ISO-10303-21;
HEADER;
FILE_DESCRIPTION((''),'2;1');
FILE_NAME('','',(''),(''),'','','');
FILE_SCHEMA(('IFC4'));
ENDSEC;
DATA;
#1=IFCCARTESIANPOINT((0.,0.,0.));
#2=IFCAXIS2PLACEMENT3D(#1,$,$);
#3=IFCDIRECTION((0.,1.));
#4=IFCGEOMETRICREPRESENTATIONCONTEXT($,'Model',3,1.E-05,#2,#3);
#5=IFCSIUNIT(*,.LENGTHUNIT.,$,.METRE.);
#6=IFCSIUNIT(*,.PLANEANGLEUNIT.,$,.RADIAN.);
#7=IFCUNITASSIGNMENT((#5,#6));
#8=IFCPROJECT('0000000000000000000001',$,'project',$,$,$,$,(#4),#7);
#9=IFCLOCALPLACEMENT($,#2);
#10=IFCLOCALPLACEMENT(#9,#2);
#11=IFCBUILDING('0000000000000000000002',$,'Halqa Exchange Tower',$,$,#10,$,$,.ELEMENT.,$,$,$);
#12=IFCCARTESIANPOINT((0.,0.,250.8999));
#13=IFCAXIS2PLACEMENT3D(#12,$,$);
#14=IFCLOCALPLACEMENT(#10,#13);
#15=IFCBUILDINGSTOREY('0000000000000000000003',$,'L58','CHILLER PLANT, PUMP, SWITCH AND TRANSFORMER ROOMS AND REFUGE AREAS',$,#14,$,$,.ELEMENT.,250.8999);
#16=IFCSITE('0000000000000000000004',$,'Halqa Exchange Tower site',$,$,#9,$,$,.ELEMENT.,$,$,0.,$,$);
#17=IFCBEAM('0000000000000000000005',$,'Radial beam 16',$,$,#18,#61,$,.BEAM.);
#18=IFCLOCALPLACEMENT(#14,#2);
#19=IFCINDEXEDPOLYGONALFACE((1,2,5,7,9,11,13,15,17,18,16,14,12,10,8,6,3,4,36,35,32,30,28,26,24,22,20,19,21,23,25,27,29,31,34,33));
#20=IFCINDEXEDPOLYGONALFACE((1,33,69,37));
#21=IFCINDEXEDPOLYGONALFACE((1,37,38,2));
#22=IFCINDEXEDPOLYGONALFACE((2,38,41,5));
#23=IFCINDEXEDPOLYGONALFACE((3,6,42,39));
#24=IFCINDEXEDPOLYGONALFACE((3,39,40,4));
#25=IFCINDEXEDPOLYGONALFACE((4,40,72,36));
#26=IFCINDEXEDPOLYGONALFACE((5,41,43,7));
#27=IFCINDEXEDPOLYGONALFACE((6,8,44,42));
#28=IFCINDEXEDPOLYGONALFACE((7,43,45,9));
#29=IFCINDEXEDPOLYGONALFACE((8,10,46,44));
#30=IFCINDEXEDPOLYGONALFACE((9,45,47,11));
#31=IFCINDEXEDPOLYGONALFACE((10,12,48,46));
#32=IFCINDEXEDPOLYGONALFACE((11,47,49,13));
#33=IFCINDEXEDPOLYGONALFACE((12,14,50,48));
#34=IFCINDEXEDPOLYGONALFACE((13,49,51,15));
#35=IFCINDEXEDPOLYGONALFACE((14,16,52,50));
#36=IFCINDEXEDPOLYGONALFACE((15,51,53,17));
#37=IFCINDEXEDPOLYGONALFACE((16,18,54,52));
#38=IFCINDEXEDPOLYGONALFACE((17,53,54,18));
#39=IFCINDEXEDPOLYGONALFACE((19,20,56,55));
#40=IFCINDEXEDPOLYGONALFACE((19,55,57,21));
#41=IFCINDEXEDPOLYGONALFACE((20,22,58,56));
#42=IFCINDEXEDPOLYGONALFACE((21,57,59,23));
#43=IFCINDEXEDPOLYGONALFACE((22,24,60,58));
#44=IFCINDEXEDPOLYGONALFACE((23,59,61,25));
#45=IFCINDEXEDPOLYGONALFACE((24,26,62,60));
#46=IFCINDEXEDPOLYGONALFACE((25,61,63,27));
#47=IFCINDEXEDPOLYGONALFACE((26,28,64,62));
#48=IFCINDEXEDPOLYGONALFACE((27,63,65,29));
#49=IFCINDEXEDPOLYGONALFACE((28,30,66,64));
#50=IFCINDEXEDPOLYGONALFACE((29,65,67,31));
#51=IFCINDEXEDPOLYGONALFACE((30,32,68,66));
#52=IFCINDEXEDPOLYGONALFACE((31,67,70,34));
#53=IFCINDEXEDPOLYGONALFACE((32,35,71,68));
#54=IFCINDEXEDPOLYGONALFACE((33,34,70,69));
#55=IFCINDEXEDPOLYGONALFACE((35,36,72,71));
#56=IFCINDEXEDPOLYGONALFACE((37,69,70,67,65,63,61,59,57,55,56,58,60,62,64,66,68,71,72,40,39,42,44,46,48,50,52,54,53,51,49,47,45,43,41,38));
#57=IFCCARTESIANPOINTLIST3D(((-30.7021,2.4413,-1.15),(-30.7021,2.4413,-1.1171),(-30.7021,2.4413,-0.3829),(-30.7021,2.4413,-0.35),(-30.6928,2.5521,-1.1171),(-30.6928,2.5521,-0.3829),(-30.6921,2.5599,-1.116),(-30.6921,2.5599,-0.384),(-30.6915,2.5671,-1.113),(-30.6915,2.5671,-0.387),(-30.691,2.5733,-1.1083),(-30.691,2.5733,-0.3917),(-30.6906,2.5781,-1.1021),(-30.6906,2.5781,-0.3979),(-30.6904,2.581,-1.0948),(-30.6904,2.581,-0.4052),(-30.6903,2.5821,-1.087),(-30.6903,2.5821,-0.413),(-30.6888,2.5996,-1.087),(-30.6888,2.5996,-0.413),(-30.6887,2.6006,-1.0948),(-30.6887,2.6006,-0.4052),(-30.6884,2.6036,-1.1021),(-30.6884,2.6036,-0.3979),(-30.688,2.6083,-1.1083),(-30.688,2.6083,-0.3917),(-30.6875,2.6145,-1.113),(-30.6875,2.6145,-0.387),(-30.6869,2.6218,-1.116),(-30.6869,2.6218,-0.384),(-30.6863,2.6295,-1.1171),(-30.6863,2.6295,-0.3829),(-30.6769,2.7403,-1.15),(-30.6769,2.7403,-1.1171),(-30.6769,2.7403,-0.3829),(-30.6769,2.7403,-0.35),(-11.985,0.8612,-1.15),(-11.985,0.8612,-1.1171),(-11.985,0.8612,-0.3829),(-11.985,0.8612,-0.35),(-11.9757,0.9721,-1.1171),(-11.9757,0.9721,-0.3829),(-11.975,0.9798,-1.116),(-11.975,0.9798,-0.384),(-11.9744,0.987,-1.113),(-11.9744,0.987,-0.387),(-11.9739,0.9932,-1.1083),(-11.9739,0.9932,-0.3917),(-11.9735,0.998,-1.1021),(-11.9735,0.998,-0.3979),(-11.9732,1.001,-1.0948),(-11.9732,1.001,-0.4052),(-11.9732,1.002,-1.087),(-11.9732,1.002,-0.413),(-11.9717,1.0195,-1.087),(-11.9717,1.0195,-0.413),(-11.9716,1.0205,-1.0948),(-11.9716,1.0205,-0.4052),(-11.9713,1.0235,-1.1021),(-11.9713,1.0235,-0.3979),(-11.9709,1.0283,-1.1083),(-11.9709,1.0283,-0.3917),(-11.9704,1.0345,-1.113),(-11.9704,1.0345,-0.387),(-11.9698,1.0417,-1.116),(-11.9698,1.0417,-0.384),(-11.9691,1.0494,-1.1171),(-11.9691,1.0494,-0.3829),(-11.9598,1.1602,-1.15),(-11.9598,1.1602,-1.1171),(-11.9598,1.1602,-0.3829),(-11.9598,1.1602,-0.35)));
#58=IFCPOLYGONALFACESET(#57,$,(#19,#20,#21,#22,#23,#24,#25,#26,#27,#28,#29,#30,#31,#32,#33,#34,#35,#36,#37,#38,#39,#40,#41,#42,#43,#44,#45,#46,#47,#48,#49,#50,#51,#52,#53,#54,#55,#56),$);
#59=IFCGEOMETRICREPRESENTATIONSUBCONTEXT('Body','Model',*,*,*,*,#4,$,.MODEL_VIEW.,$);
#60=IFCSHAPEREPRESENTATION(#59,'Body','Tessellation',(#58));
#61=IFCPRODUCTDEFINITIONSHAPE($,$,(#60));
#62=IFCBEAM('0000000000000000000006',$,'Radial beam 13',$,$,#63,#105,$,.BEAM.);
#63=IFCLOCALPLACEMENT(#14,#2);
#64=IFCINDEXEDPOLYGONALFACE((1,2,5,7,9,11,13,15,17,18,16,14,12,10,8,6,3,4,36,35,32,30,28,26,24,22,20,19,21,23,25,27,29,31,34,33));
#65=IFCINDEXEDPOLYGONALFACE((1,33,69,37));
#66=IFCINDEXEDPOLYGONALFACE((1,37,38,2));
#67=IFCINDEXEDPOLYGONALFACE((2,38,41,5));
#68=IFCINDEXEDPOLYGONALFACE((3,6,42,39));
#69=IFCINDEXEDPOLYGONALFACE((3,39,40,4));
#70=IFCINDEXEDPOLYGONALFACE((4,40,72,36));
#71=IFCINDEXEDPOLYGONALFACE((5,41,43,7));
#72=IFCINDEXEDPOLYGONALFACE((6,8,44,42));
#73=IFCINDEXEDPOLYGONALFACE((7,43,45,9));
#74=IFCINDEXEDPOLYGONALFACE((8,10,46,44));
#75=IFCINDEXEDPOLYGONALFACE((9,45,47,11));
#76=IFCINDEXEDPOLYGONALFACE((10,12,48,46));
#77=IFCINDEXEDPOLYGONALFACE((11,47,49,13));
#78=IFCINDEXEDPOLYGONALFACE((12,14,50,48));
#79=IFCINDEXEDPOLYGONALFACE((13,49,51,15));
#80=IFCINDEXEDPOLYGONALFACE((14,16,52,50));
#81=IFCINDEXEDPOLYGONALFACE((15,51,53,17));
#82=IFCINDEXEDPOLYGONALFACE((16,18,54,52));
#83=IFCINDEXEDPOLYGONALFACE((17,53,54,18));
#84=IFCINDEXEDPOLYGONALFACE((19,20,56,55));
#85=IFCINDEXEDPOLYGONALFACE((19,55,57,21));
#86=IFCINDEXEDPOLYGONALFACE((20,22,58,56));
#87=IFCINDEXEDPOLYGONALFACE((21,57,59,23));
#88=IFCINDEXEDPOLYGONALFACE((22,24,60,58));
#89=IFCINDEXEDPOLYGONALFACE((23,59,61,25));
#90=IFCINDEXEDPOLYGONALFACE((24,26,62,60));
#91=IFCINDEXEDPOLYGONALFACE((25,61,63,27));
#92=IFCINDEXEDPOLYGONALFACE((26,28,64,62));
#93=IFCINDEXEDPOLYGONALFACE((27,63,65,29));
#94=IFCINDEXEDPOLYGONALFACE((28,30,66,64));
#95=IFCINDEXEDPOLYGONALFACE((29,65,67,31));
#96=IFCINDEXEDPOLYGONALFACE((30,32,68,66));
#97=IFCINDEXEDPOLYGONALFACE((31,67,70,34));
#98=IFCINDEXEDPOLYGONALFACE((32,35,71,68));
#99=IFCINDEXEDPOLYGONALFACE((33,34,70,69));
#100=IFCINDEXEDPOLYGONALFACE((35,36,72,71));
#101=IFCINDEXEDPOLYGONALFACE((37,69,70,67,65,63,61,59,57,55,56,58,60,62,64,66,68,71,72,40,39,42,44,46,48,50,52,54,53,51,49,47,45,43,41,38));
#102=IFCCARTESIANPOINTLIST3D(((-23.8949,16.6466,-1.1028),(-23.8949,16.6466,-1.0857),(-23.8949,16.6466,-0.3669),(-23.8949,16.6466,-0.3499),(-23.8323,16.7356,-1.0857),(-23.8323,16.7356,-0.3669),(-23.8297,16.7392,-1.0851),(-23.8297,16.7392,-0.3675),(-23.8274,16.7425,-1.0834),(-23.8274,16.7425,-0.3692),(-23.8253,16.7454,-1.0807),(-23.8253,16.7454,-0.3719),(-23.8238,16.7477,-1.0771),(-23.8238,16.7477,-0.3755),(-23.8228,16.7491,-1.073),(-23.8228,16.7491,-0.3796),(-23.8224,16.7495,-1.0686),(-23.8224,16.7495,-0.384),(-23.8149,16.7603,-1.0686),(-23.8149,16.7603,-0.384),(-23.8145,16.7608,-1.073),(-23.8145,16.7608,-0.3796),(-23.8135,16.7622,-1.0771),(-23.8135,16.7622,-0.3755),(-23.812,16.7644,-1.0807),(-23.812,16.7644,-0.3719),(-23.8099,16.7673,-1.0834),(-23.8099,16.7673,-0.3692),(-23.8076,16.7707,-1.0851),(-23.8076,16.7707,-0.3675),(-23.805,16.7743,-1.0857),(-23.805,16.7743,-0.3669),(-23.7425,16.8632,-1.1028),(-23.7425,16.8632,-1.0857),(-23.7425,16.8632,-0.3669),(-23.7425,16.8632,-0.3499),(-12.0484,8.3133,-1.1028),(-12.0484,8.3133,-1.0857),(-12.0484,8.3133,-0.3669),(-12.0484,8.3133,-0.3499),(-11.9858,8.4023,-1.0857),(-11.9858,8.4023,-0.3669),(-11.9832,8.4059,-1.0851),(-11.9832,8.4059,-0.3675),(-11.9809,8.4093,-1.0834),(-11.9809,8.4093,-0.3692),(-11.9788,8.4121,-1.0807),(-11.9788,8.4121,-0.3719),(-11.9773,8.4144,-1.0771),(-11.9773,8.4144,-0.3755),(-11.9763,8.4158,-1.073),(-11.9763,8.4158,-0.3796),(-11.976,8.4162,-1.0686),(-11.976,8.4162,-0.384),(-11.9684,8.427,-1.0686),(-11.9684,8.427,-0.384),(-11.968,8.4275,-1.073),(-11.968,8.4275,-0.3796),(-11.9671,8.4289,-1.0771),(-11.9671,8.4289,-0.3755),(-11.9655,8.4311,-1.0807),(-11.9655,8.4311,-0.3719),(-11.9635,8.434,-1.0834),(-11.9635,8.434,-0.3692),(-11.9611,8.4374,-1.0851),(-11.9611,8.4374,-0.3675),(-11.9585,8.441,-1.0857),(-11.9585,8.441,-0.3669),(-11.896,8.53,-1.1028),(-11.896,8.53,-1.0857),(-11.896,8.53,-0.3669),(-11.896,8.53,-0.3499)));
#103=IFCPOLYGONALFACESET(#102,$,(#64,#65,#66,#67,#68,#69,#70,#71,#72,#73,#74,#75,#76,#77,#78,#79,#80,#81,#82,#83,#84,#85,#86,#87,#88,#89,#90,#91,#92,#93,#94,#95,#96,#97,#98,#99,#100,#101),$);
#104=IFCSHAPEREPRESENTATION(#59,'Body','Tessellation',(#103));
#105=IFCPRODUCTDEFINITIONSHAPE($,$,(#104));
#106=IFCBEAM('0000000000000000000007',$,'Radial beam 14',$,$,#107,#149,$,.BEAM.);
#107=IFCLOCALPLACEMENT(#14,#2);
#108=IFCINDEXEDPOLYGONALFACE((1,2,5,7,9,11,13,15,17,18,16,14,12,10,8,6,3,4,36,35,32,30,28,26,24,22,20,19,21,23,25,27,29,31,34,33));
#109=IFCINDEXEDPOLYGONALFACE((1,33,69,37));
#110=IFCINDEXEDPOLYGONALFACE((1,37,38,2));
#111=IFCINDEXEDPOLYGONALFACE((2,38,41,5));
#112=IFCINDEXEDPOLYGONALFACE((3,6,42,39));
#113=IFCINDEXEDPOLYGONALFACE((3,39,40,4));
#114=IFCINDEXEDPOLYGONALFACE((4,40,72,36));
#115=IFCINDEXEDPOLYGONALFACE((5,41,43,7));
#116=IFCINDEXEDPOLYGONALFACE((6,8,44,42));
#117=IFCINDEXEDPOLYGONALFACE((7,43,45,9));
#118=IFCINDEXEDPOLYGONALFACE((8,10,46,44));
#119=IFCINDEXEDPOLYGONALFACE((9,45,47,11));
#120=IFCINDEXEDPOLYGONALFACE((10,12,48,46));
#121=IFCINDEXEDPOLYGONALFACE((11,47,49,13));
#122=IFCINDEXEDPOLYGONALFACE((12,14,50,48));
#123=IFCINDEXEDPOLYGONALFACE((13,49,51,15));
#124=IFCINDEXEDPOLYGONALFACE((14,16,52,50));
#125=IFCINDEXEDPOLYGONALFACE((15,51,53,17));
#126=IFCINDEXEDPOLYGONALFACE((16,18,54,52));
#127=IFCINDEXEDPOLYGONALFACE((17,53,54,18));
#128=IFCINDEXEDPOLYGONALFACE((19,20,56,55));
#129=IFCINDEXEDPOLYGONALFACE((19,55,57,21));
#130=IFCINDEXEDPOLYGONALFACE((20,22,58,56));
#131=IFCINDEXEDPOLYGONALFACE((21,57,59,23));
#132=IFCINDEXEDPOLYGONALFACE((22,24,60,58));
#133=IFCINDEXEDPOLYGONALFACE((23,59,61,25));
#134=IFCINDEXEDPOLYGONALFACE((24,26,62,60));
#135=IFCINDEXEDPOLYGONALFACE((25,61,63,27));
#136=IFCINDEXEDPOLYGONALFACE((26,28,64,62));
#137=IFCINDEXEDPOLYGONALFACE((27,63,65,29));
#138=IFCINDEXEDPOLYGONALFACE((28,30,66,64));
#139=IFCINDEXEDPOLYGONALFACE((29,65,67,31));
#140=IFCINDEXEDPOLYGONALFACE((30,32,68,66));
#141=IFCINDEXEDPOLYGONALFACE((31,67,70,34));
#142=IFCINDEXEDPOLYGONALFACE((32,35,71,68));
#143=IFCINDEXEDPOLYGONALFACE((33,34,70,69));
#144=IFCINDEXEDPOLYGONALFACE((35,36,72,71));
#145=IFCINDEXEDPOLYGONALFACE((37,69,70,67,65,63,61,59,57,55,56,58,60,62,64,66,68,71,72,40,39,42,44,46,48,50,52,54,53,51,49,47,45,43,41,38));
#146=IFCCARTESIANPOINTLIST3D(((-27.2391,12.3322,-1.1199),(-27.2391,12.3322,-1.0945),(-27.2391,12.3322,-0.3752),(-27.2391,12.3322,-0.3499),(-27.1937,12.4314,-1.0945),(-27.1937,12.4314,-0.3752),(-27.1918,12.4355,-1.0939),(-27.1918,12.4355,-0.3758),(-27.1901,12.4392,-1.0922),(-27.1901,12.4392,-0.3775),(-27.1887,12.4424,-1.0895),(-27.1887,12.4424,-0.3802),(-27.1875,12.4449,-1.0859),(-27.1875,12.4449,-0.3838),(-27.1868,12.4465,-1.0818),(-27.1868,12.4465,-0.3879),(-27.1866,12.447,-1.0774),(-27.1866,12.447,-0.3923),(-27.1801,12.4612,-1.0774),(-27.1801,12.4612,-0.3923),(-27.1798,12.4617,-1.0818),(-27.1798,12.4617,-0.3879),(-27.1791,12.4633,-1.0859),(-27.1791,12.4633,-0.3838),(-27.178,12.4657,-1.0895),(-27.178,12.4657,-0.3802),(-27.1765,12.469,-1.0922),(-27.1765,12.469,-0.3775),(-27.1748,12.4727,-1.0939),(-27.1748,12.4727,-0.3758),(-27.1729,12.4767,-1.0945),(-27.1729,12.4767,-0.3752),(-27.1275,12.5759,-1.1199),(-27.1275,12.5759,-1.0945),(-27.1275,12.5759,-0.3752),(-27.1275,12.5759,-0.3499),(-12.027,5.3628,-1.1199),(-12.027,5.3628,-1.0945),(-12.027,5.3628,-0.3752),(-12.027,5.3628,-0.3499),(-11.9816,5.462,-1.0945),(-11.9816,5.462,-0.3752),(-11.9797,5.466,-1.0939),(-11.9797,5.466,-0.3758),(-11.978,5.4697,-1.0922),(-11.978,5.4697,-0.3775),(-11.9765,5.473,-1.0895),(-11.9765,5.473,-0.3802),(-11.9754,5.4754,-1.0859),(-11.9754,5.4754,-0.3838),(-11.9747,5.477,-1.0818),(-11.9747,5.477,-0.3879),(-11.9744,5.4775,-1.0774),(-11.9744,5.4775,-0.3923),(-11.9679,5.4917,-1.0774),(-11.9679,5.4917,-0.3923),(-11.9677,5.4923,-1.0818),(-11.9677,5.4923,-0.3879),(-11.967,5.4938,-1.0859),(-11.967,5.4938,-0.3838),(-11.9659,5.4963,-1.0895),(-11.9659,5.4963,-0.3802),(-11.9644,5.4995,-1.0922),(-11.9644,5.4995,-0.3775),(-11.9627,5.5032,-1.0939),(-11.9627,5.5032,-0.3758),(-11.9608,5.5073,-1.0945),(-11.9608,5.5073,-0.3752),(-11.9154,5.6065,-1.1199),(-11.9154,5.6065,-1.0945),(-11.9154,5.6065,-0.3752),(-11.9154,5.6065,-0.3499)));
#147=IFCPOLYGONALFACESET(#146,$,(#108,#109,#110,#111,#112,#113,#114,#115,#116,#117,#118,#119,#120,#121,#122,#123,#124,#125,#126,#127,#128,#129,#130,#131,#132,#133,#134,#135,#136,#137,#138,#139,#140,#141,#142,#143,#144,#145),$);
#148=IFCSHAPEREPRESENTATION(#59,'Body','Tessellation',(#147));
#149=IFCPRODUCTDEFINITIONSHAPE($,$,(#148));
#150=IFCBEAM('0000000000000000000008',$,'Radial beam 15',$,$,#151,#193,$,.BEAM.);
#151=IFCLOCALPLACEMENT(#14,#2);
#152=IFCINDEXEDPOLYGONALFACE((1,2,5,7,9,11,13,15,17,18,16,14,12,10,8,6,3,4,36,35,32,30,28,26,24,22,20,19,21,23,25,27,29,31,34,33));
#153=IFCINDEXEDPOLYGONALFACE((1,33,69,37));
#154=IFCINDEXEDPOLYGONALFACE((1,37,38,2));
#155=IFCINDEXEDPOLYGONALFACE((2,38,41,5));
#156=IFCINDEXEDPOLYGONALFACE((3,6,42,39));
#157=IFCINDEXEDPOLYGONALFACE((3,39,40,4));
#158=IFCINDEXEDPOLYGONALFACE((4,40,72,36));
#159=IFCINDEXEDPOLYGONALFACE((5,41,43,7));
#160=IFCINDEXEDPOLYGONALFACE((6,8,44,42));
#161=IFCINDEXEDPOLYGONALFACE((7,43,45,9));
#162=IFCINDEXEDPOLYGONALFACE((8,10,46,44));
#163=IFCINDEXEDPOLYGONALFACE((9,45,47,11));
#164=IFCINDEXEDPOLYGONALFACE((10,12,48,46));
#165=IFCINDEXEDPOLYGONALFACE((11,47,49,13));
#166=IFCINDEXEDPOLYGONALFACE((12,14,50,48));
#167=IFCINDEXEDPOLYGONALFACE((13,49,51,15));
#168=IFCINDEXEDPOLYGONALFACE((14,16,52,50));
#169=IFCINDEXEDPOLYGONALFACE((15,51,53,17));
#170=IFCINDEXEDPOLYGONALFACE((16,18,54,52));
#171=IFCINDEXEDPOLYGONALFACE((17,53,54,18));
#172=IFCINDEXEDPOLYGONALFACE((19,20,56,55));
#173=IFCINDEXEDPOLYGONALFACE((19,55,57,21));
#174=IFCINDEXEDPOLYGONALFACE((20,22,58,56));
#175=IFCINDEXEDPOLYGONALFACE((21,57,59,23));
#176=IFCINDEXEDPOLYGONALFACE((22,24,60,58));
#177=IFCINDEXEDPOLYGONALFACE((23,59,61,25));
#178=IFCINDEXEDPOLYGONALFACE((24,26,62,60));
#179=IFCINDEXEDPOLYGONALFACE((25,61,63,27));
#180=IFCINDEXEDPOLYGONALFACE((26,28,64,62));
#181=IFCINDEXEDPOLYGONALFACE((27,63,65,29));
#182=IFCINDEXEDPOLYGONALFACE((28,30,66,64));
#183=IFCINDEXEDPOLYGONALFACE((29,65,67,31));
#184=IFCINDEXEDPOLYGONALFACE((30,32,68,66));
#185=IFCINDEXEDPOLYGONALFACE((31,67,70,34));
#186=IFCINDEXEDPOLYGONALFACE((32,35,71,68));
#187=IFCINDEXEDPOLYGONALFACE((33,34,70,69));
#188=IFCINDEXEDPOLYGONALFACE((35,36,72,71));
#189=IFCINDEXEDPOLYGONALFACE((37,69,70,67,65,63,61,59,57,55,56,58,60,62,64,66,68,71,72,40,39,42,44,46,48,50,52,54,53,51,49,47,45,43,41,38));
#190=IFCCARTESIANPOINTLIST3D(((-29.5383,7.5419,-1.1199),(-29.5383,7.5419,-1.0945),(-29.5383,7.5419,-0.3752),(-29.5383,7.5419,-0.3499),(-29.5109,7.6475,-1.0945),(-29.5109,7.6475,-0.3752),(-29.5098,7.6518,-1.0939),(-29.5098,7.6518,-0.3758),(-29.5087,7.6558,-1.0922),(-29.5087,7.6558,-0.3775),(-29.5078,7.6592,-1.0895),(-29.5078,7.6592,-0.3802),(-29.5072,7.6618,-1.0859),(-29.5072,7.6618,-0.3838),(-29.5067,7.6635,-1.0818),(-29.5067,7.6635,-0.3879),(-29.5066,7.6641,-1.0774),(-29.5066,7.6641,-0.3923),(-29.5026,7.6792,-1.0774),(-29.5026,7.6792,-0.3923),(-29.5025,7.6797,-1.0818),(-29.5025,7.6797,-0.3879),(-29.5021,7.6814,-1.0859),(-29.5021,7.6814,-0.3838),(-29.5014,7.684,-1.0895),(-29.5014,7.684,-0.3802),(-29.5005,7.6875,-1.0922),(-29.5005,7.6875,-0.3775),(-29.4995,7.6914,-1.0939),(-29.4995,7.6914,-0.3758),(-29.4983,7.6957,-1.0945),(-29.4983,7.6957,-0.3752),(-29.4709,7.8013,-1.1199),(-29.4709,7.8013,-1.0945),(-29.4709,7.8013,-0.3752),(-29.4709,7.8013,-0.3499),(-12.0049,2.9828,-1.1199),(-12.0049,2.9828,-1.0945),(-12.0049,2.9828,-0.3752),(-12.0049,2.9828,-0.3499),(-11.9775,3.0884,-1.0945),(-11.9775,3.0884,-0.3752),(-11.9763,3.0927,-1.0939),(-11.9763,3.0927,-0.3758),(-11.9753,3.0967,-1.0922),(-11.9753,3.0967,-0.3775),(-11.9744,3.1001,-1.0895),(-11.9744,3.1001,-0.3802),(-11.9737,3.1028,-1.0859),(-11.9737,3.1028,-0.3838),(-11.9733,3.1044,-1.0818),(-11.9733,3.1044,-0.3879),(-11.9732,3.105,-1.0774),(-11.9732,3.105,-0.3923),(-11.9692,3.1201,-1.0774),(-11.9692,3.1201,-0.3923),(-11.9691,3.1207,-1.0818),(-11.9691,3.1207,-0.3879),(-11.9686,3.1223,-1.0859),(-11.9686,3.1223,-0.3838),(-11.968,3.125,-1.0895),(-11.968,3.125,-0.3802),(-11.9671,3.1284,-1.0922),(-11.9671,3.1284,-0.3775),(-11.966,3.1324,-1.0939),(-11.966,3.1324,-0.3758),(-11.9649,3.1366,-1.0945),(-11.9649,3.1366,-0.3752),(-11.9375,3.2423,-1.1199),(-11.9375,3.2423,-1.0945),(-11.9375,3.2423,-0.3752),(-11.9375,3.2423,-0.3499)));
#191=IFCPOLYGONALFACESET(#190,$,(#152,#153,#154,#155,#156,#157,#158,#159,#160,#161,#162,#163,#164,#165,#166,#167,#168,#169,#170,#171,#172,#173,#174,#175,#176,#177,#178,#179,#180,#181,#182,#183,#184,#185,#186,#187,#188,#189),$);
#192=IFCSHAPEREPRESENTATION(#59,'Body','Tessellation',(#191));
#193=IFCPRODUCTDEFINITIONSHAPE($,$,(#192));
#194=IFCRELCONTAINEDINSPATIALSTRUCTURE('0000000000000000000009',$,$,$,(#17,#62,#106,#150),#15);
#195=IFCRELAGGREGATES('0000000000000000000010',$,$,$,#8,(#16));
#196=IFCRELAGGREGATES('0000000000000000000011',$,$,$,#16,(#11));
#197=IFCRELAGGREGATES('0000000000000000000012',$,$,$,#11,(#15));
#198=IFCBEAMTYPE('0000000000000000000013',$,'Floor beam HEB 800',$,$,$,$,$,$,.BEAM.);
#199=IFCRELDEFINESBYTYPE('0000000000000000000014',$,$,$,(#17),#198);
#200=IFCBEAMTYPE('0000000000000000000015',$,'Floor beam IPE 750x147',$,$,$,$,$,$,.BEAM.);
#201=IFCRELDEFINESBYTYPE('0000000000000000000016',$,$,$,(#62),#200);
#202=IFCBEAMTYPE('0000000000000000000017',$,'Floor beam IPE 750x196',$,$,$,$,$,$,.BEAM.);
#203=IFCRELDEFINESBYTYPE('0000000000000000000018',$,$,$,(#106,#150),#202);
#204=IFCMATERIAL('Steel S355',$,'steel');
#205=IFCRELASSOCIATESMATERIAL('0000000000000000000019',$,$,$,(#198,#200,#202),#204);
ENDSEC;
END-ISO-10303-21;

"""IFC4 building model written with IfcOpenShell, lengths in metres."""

from ifc_helpers import new_model, si_unit, direction, frame, origin, origin_2d, place, context, subcontext, project, spatial, i_section, extrude, material, material_profile, profile_set, type_object, element, save


model = new_model("IFC4")

# Units and contexts
model_context = context("Model", 3, precision=1e-05, world=origin(), true_north=direction((0.0, 1.0)))
body_context = subcontext(model_context, "Body", "Model", "MODEL_VIEW")
ifc_project = project(units=[si_unit("LENGTHUNIT", "METRE"), si_unit("PLANEANGLEUNIT", "RADIAN")], contexts=[model_context])

# Site, building, storey
site_placement = place(None, origin())
site = spatial("IfcSite", under=ifc_project, at=site_placement, Name="Halqa Exchange Tower site", CompositionType="ELEMENT", RefElevation=0.0)
building_placement = place(site_placement, origin())
building = spatial("IfcBuilding", under=site, at=building_placement, Name="Halqa Exchange Tower", CompositionType="ELEMENT")
storey_placement = place(building_placement, frame((0.0, 0.0, 250.8999)))
storey = spatial("IfcBuildingStorey", under=building, at=storey_placement, Name="L58", Description="CHILLER PLANT, PUMP, SWITCH AND TRANSFORMER ROOMS AND REFUGE AREAS", CompositionType="ELEMENT", Elevation=250.8999)

# Beams
ifc_material_1 = material(Name="Steel S355", Category="steel")
ifc_material_profile_1 = material_profile(ifc_material_1, i_section(OverallWidth=0.3, OverallDepth=0.8, WebThickness=0.0176, FlangeThickness=0.033, FilletRadius=0.03, at=origin_2d()), Name="HEB 800")
ifc_profile_set_1 = profile_set([ifc_material_profile_1], Name="Steel S355")
beam_type_1 = type_object("IfcBeamType", Name="Floor beam HEB 800", PredefinedType="BEAM", material=ifc_profile_set_1)
beam_1_placement = place(storey_placement, frame((-11.9724, 1.0107, -0.75), z_axis=(-0.996456, 0.08412, 0.0), x_axis=(-0.08412, -0.996456, 0.0)))
element("IfcBeam", 1, at=beam_1_placement, inside=storey, type_object=beam_type_1, Name="Radial beam 16", PredefinedType="BEAM", context=body_context, shape_type="SweptSolid", body=[
    extrude(i_section(OverallWidth=0.3, OverallDepth=0.8, WebThickness=0.0176, FlangeThickness=0.033, FilletRadius=0.03, at=origin_2d()), origin(), (0.0, 0.0, 1.0), 18.7837),
])
ifc_material_profile_2 = material_profile(ifc_material_1, i_section(OverallWidth=0.2649, OverallDepth=0.7529, WebThickness=0.0132, FlangeThickness=0.0171, FilletRadius=0.0171, at=origin_2d()), Name="IPE 750x147")
ifc_profile_set_2 = profile_set([ifc_material_profile_2], Name="Steel S355")
beam_type_2 = type_object("IfcBeamType", Name="Floor beam IPE 750x147", PredefinedType="BEAM", material=ifc_profile_set_2)
beam_2_placement = place(storey_placement, frame((-11.9722, 8.4216, -0.7263), z_axis=(-0.817908, 0.575349, 0.0), x_axis=(-0.575349, -0.817908, 0.0)))
element("IfcBeam", 2, at=beam_2_placement, inside=storey, type_object=beam_type_2, Name="Radial beam 13", PredefinedType="BEAM", context=body_context, shape_type="SweptSolid", body=[
    extrude(i_section(OverallWidth=0.2649, OverallDepth=0.7529, WebThickness=0.0132, FlangeThickness=0.0171, FilletRadius=0.0171, at=origin_2d()), origin(), (0.0, 0.0, 1.0), 14.4839),
])
ifc_material_profile_3 = material_profile(ifc_material_1, i_section(OverallWidth=0.2681, OverallDepth=0.77, WebThickness=0.0156, FlangeThickness=0.0254, FilletRadius=0.0171, at=origin_2d()), Name="IPE 750x196")
ifc_profile_set_3 = profile_set([ifc_material_profile_3], Name="Steel S355")
beam_type_3 = type_object("IfcBeamType", Name="Floor beam IPE 750x196", PredefinedType="BEAM", material=ifc_profile_set_3)
beam_3_placement = place(storey_placement, frame((-11.9712, 5.4846, -0.7349), z_axis=(-0.909127, 0.416519, 0.0), x_axis=(-0.416519, -0.909127, 0.0)))
element("IfcBeam", 3, at=beam_3_placement, inside=storey, type_object=beam_type_3, Name="Radial beam 14", PredefinedType="BEAM", context=body_context, shape_type="SweptSolid", body=[
    extrude(i_section(OverallWidth=0.2681, OverallDepth=0.77, WebThickness=0.0156, FlangeThickness=0.0254, FilletRadius=0.0171, at=origin_2d()), origin(), (0.0, 0.0, 1.0), 16.7327),
])
beam_4_placement = place(storey_placement, frame((-11.9712, 3.1125, -0.7349), z_axis=(-0.967817, 0.251654, 0.0), x_axis=(-0.251654, -0.967817, 0.0)))
element("IfcBeam", 4, at=beam_4_placement, inside=storey, type_object=beam_type_3, Name="Radial beam 15", PredefinedType="BEAM", context=body_context, shape_type="SweptSolid", body=[
    extrude(i_section(OverallWidth=0.2681, OverallDepth=0.77, WebThickness=0.0156, FlangeThickness=0.0254, FilletRadius=0.0171, at=origin_2d()), origin(), (0.0, 0.0, 1.0), 18.1165),
])

save(model, "model.ifc")
